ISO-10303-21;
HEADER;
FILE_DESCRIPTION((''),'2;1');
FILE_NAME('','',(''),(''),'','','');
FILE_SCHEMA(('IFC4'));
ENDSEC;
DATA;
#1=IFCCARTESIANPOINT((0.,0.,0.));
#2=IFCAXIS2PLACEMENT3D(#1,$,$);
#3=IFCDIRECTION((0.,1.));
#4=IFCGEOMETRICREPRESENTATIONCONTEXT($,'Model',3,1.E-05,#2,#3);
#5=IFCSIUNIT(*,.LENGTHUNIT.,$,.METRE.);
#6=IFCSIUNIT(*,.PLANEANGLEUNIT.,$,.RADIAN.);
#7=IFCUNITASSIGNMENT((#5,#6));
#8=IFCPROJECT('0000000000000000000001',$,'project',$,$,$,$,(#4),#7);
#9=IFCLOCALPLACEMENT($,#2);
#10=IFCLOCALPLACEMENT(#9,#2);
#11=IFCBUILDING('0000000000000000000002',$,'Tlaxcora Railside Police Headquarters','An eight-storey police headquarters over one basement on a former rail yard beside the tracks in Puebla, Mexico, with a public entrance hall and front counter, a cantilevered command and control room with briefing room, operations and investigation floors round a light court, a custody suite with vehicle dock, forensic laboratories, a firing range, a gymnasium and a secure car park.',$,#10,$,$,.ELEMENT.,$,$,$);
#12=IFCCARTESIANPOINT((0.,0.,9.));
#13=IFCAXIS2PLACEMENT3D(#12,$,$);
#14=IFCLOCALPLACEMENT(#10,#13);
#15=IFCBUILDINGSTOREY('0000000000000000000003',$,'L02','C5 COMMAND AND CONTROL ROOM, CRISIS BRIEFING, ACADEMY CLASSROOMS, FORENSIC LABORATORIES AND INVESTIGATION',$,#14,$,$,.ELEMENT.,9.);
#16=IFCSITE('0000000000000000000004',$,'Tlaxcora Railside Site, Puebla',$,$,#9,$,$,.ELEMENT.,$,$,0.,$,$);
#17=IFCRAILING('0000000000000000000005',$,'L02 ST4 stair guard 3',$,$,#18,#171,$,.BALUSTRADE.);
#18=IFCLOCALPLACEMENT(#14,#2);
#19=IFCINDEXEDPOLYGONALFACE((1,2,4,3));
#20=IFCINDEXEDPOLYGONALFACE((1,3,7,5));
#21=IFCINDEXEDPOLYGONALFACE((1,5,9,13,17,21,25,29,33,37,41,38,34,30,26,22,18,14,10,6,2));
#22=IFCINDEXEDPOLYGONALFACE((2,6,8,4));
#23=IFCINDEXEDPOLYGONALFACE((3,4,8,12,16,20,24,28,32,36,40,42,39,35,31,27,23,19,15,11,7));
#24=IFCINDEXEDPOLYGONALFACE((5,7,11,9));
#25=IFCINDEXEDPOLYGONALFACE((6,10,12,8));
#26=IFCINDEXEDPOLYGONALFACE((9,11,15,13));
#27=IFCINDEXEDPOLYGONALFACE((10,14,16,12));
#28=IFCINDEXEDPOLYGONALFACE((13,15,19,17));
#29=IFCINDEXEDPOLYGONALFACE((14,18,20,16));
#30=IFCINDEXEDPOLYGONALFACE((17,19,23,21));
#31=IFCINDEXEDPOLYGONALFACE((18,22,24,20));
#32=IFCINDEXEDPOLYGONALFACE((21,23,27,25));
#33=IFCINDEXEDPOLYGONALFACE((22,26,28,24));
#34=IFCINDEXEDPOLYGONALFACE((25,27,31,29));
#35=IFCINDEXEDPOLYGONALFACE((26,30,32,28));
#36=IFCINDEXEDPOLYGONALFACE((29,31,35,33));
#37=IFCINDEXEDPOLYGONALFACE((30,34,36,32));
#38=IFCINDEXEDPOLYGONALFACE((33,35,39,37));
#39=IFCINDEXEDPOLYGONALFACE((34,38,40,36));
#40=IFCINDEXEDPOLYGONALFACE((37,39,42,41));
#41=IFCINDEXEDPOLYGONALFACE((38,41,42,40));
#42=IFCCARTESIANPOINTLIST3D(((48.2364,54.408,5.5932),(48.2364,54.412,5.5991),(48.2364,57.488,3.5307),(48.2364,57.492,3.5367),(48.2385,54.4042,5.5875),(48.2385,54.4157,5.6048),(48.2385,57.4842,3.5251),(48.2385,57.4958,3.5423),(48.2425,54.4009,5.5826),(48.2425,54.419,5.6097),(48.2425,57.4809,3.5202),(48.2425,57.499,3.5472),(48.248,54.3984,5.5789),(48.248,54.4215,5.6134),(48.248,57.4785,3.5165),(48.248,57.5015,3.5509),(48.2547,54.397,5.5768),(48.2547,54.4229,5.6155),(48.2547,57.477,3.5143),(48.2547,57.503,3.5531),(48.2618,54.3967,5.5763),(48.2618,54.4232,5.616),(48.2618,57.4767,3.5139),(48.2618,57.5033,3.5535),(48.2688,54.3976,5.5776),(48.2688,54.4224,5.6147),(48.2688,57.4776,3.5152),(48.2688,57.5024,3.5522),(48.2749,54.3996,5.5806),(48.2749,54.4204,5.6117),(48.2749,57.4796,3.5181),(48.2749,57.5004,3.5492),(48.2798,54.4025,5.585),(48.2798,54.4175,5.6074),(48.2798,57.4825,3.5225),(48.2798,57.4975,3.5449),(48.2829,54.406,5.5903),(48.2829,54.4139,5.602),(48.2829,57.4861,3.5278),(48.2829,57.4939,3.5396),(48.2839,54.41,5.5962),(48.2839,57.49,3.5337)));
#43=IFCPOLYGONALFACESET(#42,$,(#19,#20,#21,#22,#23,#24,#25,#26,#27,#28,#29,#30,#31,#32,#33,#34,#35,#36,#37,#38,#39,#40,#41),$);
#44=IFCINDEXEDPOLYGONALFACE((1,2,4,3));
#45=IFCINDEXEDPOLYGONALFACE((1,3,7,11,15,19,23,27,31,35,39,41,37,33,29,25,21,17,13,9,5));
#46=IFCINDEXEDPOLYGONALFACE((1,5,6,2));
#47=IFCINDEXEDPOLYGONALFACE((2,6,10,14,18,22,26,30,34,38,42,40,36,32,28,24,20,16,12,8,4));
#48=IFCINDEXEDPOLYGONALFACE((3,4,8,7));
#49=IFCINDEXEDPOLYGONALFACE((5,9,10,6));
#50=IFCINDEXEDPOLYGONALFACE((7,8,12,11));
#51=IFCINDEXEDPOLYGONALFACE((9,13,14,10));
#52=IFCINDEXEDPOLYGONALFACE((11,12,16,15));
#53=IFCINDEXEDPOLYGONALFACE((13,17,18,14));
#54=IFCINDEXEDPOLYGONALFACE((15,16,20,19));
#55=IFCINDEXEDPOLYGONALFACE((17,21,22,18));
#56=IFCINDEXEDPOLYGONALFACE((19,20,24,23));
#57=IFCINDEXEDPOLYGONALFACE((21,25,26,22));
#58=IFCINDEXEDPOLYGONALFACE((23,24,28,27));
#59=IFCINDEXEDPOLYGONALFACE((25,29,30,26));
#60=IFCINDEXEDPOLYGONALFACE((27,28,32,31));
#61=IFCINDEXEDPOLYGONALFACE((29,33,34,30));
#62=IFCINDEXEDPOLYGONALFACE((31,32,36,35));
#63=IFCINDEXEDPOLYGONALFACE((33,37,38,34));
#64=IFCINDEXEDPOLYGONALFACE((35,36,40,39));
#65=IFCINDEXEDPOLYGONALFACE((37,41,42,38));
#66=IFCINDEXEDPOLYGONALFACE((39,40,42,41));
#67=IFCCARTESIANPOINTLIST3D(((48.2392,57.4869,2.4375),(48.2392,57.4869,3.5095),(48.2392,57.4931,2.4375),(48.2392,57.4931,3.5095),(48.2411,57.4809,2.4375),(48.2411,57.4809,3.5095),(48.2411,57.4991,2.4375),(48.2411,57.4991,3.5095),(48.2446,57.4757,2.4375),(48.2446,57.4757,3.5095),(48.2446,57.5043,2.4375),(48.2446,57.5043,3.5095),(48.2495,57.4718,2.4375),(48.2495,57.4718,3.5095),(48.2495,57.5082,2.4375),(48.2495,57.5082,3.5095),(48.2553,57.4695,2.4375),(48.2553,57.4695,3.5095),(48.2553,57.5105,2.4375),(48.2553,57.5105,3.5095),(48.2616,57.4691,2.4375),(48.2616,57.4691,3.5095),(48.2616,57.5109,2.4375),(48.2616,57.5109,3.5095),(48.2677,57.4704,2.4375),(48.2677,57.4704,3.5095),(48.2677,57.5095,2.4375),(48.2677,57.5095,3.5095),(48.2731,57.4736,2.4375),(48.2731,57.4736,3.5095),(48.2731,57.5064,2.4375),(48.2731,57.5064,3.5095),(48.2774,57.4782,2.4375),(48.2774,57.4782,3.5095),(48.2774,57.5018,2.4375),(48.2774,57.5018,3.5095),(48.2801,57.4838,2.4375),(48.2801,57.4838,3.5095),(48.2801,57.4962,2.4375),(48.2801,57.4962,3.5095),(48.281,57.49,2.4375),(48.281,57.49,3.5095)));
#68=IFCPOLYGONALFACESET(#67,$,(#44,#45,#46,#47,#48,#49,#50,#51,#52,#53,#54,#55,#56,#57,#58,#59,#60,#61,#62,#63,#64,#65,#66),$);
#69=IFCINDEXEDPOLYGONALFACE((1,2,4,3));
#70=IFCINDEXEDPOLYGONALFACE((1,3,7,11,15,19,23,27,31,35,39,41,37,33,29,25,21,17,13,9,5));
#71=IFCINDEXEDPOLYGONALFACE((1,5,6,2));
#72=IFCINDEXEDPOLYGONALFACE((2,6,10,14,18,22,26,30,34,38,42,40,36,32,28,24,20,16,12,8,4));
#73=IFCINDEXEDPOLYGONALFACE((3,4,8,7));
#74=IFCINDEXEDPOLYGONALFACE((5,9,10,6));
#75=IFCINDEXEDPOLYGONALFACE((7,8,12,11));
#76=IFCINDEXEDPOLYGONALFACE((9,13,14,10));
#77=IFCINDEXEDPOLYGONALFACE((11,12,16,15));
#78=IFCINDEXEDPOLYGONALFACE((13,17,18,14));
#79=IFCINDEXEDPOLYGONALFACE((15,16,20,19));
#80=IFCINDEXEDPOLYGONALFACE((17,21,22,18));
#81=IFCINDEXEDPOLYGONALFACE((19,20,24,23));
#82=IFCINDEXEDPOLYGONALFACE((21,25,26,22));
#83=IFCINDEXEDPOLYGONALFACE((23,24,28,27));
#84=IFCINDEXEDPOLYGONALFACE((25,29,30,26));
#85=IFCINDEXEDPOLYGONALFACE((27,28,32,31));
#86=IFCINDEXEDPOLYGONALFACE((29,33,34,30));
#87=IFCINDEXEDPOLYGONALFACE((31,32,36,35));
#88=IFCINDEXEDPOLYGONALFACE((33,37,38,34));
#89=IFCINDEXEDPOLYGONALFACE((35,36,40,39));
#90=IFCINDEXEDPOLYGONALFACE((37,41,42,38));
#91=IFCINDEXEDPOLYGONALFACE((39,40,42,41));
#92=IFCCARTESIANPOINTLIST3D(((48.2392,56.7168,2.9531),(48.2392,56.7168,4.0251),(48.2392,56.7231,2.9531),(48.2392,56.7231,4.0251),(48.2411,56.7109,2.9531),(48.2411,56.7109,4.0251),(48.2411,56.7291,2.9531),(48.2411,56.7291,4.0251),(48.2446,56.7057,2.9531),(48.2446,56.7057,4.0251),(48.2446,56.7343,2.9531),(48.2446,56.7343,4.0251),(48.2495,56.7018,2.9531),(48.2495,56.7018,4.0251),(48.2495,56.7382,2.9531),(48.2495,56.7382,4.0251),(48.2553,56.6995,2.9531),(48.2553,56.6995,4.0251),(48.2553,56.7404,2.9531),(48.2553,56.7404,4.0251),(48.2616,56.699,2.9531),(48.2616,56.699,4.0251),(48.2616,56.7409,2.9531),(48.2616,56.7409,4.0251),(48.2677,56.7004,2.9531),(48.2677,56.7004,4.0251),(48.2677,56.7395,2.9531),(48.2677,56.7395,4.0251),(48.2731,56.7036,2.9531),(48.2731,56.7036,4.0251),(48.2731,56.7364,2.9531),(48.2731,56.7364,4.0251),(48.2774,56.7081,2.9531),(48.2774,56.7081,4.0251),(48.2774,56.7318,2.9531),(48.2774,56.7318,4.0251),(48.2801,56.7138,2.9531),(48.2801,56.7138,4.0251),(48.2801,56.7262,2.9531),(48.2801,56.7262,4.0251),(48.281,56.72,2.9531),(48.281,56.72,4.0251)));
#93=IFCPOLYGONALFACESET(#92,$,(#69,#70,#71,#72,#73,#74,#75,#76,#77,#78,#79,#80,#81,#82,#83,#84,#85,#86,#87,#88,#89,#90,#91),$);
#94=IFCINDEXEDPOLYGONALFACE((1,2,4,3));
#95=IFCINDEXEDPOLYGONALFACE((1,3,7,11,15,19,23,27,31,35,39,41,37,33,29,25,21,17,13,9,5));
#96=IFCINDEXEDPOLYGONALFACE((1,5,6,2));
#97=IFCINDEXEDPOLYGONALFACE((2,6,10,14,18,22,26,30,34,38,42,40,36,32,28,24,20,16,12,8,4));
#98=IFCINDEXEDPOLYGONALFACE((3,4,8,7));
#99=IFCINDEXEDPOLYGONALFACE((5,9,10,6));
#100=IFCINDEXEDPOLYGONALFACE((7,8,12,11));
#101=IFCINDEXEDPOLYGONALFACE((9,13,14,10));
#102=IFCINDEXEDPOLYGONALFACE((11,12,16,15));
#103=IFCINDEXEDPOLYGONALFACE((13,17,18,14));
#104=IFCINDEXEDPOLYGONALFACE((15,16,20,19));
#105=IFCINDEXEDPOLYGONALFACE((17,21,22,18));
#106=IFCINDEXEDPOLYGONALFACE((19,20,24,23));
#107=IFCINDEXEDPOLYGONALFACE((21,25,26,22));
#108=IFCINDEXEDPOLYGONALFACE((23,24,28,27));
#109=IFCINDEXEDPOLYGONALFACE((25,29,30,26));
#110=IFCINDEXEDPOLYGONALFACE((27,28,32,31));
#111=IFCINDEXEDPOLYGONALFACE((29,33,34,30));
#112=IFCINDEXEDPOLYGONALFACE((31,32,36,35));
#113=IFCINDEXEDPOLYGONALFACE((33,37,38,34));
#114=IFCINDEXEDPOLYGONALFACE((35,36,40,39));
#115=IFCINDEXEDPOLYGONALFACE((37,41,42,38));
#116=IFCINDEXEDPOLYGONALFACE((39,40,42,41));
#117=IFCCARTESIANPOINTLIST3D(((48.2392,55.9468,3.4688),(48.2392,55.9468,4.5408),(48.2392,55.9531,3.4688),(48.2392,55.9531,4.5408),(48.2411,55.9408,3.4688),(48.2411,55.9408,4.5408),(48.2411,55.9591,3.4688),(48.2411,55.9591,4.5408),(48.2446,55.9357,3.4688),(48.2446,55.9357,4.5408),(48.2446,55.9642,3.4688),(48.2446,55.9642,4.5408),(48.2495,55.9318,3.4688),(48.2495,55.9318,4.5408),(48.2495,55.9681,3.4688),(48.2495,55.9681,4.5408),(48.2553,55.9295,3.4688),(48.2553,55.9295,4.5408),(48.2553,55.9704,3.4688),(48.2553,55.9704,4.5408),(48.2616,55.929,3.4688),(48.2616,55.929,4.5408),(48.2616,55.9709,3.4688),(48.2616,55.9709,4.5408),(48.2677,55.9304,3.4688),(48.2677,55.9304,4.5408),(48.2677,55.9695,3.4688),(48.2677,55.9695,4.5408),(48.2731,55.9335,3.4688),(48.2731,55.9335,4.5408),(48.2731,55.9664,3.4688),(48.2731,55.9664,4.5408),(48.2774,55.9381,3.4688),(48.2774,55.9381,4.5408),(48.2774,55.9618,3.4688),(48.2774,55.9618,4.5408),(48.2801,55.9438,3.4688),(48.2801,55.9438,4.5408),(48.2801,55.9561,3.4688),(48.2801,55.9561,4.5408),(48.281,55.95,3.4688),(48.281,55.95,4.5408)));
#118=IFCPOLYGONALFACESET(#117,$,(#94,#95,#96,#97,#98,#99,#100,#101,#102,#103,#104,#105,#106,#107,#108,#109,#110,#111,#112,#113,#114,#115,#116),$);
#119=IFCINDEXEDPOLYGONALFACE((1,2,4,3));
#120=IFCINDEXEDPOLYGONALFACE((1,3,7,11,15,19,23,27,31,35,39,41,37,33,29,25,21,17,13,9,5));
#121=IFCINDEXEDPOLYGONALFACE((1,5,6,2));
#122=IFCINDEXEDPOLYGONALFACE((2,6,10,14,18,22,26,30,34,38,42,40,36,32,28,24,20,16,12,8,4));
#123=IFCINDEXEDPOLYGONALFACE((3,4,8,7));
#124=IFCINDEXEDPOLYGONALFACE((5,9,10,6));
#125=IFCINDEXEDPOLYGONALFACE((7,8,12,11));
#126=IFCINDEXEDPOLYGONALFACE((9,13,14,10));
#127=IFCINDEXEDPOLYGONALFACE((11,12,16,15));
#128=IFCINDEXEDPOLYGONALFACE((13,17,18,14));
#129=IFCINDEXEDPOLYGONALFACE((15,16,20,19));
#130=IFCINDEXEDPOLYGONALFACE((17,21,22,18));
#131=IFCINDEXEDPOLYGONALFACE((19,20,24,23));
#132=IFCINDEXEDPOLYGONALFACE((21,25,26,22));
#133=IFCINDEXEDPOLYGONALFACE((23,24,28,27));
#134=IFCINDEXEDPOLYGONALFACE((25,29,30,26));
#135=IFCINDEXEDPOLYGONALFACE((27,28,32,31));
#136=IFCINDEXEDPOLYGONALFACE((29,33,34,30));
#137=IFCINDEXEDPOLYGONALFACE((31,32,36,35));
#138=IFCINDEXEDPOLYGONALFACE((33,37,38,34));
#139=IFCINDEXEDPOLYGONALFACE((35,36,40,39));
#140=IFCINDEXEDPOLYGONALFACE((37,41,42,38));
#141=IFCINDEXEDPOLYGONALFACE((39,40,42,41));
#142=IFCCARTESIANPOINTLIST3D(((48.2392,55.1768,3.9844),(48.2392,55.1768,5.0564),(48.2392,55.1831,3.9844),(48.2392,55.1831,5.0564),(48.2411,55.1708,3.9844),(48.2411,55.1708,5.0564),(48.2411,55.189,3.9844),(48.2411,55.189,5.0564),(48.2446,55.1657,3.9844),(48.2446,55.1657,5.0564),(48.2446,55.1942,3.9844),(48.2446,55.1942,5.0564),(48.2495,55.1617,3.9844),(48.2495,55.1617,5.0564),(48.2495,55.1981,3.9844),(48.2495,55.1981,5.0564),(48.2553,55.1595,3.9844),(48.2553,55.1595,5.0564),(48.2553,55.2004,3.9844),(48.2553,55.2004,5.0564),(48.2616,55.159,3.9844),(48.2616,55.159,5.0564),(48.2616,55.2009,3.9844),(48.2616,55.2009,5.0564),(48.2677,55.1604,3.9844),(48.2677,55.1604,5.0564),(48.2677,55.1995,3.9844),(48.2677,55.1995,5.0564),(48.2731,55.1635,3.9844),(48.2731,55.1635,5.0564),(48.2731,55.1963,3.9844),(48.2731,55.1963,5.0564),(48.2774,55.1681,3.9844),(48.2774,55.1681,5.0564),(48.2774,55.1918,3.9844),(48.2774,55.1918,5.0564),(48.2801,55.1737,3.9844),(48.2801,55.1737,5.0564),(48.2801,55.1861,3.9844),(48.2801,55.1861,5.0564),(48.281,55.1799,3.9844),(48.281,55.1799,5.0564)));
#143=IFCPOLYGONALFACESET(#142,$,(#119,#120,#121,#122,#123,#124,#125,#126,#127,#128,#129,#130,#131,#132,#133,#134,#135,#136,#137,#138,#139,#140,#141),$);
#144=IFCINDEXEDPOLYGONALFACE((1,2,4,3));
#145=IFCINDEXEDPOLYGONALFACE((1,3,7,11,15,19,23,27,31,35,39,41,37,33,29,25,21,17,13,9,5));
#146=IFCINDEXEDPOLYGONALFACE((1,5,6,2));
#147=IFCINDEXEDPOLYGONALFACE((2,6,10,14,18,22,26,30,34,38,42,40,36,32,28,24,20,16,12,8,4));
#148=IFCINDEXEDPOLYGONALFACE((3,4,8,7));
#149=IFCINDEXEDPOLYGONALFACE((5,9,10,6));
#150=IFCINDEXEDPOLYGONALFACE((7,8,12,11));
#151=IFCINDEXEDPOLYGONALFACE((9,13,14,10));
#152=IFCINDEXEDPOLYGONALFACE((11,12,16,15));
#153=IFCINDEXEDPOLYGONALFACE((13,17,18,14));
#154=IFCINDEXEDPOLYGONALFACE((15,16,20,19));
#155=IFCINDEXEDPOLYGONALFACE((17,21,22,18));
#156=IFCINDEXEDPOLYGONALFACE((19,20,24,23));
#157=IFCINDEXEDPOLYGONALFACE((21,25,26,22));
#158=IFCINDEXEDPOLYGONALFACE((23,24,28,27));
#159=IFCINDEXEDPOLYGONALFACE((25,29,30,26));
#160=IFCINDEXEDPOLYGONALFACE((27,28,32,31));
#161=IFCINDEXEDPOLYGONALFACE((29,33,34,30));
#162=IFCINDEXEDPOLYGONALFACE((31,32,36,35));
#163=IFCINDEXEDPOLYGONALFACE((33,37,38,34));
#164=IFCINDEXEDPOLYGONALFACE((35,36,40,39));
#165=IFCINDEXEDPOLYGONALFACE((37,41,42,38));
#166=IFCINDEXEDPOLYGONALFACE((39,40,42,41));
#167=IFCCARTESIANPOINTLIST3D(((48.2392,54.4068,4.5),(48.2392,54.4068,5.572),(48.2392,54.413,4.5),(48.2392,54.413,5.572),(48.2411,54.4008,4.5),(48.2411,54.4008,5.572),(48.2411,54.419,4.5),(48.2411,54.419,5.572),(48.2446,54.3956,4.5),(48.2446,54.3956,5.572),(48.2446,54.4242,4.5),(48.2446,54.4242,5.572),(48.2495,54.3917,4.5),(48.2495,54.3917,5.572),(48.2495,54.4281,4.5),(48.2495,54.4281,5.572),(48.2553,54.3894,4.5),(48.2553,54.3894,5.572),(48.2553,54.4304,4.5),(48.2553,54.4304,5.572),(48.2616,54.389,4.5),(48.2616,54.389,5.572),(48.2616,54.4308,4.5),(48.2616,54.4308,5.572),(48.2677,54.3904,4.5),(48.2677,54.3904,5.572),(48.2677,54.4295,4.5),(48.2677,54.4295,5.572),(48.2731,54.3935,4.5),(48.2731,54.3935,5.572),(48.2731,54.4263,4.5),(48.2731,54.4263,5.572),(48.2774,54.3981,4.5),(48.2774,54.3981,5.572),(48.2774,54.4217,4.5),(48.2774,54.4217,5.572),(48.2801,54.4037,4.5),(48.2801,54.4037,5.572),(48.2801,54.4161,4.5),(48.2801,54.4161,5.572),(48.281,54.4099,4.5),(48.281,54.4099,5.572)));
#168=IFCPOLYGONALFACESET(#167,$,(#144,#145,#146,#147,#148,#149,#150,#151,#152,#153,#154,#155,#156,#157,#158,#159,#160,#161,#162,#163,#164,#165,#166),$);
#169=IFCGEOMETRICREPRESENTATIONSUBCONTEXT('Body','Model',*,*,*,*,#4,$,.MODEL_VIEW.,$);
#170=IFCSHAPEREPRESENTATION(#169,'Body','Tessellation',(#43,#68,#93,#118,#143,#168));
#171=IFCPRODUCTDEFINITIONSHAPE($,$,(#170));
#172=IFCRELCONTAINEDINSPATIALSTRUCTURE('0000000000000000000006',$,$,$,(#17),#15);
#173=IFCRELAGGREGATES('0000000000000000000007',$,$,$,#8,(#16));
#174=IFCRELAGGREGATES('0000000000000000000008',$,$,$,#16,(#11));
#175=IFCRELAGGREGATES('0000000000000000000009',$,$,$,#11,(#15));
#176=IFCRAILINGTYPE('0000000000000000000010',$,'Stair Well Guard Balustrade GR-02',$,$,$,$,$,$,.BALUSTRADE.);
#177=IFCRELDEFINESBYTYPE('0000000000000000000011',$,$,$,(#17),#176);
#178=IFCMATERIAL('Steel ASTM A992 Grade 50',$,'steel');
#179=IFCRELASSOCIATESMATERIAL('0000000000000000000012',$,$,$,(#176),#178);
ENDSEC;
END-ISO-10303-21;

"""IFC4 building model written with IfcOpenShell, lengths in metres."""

from ifc_helpers import new_model, si_unit, direction, frame, origin, origin_2d, place, context, subcontext, project, spatial, circle, extrude, material, type_object, element, save


model = new_model("IFC4")

# Units and contexts
model_context = context("Model", 3, precision=1e-05, world=origin(), true_north=direction((0.0, 1.0)))
body_context = subcontext(model_context, "Body", "Model", "MODEL_VIEW")
ifc_project = project(units=[si_unit("LENGTHUNIT", "METRE"), si_unit("PLANEANGLEUNIT", "RADIAN")], contexts=[model_context])

# Site, building, storey
site_placement = place(None, origin())
site = spatial("IfcSite", under=ifc_project, at=site_placement, Name="Tlaxcora Railside Site, Puebla", CompositionType="ELEMENT", RefElevation=0.0)
building_placement = place(site_placement, origin())
building = spatial("IfcBuilding", under=site, at=building_placement, Name="Tlaxcora Railside Police Headquarters", Description="An eight-storey police headquarters over one basement on a former rail yard beside the tracks in Puebla, Mexico, with a public entrance hall and front counter, a cantilevered command and control room with briefing room, operations and investigation floors round a light court, a custody suite with vehicle dock, forensic laboratories, a firing range, a gymnasium and a secure car park.", CompositionType="ELEMENT")
storey_placement = place(building_placement, frame((0.0, 0.0, 9.0)))
storey = spatial("IfcBuildingStorey", under=building, at=storey_placement, Name="L02", Description="C5 COMMAND AND CONTROL ROOM, CRISIS BRIEFING, ACADEMY CLASSROOMS, FORENSIC LABORATORIES AND INVESTIGATION", CompositionType="ELEMENT", Elevation=9.0)

# Shared definitions
ifc_material_1 = material(Name="Steel ASTM A992 Grade 50", Category="steel")

# Railing
railing_type_1 = type_object("IfcRailingType", Name="Stair Well Guard Balustrade GR-02", PredefinedType="BALUSTRADE", material=ifc_material_1)
railing_1_placement = place(storey_placement, frame((48.26, 57.49, 2.4375)))
element("IfcRailing", 1, at=railing_1_placement, inside=storey, type_object=railing_type_1, Name="L02 ST4 stair guard 3", PredefinedType="BALUSTRADE", context=body_context, shape_type="SweptSolid", body=[
    extrude(circle(Radius=0.0239, at=origin_2d()), frame((0.0, 0.0, 1.0962), z_axis=(0.0, -0.830914, 0.556401), x_axis=(1.0, 0.0, 0.0)), (0.0, 0.0, 1.0), 3.7068),
    extrude(circle(Radius=0.021, at=origin_2d()), origin(), (0.0, 0.0, 1.0), 1.072),
    extrude(circle(Radius=0.021, at=origin_2d()), frame((0.0, -0.77, 0.5156)), (0.0, 0.0, 1.0), 1.072),
    extrude(circle(Radius=0.021, at=origin_2d()), frame((0.0, -1.54, 1.0312)), (0.0, 0.0, 1.0), 1.072),
    extrude(circle(Radius=0.021, at=origin_2d()), frame((0.0, -2.3101, 1.5469)), (0.0, 0.0, 1.0), 1.072),
    extrude(circle(Radius=0.021, at=origin_2d()), frame((0.0, -3.0801, 2.0625)), (0.0, 0.0, 1.0), 1.072),
])

save(model, "model.ifc")
